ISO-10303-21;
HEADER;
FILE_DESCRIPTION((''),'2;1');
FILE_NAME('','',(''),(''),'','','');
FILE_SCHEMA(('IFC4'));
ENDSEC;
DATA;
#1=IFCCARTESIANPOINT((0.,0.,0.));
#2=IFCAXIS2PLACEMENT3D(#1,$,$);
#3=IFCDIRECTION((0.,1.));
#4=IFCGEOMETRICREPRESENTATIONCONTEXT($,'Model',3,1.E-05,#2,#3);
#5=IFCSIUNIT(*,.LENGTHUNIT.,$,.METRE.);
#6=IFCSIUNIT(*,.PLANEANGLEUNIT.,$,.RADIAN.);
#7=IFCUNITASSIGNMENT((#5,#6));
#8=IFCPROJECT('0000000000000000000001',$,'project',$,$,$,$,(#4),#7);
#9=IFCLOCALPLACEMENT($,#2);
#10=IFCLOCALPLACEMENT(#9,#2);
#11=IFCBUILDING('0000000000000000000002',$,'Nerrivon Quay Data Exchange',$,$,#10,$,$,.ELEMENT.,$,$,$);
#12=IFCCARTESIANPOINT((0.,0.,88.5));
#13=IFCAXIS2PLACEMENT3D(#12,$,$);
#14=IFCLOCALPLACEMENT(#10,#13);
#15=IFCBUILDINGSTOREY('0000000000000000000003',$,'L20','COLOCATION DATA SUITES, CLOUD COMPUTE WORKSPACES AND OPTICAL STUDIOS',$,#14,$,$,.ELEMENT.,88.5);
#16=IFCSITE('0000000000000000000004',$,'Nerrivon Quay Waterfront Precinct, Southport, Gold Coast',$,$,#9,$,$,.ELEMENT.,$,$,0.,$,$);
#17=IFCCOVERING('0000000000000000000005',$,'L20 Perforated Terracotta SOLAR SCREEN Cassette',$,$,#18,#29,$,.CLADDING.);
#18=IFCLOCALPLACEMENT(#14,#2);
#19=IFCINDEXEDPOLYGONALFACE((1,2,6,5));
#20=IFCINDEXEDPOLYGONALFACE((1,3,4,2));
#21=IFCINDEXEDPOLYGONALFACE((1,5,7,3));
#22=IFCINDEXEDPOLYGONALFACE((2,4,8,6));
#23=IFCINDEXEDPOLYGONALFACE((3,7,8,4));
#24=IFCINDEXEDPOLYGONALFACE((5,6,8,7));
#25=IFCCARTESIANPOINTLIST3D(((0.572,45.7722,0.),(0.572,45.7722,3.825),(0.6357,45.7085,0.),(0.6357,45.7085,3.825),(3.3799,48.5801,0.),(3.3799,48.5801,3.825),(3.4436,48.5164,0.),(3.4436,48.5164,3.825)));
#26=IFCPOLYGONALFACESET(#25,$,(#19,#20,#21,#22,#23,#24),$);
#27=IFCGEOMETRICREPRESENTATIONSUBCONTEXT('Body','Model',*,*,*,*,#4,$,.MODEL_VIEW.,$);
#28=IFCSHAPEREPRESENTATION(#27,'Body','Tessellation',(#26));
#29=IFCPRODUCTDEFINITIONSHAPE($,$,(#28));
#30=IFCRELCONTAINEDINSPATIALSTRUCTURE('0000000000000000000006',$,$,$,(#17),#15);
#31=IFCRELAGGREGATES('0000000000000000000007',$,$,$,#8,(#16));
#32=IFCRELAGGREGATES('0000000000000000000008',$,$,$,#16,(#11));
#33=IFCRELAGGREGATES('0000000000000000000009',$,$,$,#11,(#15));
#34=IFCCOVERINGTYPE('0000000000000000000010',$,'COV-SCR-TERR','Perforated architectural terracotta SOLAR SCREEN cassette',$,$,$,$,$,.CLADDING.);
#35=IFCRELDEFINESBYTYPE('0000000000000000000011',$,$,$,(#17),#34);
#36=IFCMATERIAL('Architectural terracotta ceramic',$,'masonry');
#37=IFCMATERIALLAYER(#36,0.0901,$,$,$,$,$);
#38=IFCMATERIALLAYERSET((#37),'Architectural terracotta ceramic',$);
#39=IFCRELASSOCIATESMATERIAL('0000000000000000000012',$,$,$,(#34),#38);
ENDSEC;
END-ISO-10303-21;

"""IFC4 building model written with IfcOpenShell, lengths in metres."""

from ifc_helpers import new_model, si_unit, direction, frame, origin, origin_2d, place, context, subcontext, project, spatial, rectangle, extrude, material, layer, layer_set, type_object, element, save


model = new_model("IFC4")

# Units and contexts
model_context = context("Model", 3, precision=1e-05, world=origin(), true_north=direction((0.0, 1.0)))
body_context = subcontext(model_context, "Body", "Model", "MODEL_VIEW")
ifc_project = project(units=[si_unit("LENGTHUNIT", "METRE"), si_unit("PLANEANGLEUNIT", "RADIAN")], contexts=[model_context])

# Site, building, storey
site_placement = place(None, origin())
site = spatial("IfcSite", under=ifc_project, at=site_placement, Name="Nerrivon Quay Waterfront Precinct, Southport, Gold Coast", CompositionType="ELEMENT", RefElevation=0.0)
building_placement = place(site_placement, origin())
building = spatial("IfcBuilding", under=site, at=building_placement, Name="Nerrivon Quay Data Exchange", CompositionType="ELEMENT")
storey_placement = place(building_placement, frame((0.0, 0.0, 88.5)))
storey = spatial("IfcBuildingStorey", under=building, at=storey_placement, Name="L20", Description="COLOCATION DATA SUITES, CLOUD COMPUTE WORKSPACES AND OPTICAL STUDIOS", CompositionType="ELEMENT", Elevation=88.5)

# Covering
ifc_material_1 = material(Name="Architectural terracotta ceramic", Category="masonry")
ifc_layer_1 = layer(ifc_material_1, 0.0901)
ifc_layer_set_1 = layer_set([ifc_layer_1], Name="Architectural terracotta ceramic")
covering_type = type_object("IfcCoveringType", Name="COV-SCR-TERR", Description="Perforated architectural terracotta SOLAR SCREEN cassette", PredefinedType="CLADDING", material=ifc_layer_set_1)
covering_placement = place(storey_placement, frame((2.0078, 47.1443, 0.0), z_axis=(0.0, 0.0, 1.0), x_axis=(0.707107, 0.707107, 0.0)))
element("IfcCovering", 1, at=covering_placement, inside=storey, type_object=covering_type, Name="L20 Perforated Terracotta SOLAR SCREEN Cassette", PredefinedType="CLADDING", context=body_context, shape_type="SweptSolid", body=[
    extrude(rectangle(XDim=3.9709, YDim=0.0901, at=origin_2d()), origin(), (0.0, 0.0, 1.0), 3.825),
])

save(model, "model.ifc")
